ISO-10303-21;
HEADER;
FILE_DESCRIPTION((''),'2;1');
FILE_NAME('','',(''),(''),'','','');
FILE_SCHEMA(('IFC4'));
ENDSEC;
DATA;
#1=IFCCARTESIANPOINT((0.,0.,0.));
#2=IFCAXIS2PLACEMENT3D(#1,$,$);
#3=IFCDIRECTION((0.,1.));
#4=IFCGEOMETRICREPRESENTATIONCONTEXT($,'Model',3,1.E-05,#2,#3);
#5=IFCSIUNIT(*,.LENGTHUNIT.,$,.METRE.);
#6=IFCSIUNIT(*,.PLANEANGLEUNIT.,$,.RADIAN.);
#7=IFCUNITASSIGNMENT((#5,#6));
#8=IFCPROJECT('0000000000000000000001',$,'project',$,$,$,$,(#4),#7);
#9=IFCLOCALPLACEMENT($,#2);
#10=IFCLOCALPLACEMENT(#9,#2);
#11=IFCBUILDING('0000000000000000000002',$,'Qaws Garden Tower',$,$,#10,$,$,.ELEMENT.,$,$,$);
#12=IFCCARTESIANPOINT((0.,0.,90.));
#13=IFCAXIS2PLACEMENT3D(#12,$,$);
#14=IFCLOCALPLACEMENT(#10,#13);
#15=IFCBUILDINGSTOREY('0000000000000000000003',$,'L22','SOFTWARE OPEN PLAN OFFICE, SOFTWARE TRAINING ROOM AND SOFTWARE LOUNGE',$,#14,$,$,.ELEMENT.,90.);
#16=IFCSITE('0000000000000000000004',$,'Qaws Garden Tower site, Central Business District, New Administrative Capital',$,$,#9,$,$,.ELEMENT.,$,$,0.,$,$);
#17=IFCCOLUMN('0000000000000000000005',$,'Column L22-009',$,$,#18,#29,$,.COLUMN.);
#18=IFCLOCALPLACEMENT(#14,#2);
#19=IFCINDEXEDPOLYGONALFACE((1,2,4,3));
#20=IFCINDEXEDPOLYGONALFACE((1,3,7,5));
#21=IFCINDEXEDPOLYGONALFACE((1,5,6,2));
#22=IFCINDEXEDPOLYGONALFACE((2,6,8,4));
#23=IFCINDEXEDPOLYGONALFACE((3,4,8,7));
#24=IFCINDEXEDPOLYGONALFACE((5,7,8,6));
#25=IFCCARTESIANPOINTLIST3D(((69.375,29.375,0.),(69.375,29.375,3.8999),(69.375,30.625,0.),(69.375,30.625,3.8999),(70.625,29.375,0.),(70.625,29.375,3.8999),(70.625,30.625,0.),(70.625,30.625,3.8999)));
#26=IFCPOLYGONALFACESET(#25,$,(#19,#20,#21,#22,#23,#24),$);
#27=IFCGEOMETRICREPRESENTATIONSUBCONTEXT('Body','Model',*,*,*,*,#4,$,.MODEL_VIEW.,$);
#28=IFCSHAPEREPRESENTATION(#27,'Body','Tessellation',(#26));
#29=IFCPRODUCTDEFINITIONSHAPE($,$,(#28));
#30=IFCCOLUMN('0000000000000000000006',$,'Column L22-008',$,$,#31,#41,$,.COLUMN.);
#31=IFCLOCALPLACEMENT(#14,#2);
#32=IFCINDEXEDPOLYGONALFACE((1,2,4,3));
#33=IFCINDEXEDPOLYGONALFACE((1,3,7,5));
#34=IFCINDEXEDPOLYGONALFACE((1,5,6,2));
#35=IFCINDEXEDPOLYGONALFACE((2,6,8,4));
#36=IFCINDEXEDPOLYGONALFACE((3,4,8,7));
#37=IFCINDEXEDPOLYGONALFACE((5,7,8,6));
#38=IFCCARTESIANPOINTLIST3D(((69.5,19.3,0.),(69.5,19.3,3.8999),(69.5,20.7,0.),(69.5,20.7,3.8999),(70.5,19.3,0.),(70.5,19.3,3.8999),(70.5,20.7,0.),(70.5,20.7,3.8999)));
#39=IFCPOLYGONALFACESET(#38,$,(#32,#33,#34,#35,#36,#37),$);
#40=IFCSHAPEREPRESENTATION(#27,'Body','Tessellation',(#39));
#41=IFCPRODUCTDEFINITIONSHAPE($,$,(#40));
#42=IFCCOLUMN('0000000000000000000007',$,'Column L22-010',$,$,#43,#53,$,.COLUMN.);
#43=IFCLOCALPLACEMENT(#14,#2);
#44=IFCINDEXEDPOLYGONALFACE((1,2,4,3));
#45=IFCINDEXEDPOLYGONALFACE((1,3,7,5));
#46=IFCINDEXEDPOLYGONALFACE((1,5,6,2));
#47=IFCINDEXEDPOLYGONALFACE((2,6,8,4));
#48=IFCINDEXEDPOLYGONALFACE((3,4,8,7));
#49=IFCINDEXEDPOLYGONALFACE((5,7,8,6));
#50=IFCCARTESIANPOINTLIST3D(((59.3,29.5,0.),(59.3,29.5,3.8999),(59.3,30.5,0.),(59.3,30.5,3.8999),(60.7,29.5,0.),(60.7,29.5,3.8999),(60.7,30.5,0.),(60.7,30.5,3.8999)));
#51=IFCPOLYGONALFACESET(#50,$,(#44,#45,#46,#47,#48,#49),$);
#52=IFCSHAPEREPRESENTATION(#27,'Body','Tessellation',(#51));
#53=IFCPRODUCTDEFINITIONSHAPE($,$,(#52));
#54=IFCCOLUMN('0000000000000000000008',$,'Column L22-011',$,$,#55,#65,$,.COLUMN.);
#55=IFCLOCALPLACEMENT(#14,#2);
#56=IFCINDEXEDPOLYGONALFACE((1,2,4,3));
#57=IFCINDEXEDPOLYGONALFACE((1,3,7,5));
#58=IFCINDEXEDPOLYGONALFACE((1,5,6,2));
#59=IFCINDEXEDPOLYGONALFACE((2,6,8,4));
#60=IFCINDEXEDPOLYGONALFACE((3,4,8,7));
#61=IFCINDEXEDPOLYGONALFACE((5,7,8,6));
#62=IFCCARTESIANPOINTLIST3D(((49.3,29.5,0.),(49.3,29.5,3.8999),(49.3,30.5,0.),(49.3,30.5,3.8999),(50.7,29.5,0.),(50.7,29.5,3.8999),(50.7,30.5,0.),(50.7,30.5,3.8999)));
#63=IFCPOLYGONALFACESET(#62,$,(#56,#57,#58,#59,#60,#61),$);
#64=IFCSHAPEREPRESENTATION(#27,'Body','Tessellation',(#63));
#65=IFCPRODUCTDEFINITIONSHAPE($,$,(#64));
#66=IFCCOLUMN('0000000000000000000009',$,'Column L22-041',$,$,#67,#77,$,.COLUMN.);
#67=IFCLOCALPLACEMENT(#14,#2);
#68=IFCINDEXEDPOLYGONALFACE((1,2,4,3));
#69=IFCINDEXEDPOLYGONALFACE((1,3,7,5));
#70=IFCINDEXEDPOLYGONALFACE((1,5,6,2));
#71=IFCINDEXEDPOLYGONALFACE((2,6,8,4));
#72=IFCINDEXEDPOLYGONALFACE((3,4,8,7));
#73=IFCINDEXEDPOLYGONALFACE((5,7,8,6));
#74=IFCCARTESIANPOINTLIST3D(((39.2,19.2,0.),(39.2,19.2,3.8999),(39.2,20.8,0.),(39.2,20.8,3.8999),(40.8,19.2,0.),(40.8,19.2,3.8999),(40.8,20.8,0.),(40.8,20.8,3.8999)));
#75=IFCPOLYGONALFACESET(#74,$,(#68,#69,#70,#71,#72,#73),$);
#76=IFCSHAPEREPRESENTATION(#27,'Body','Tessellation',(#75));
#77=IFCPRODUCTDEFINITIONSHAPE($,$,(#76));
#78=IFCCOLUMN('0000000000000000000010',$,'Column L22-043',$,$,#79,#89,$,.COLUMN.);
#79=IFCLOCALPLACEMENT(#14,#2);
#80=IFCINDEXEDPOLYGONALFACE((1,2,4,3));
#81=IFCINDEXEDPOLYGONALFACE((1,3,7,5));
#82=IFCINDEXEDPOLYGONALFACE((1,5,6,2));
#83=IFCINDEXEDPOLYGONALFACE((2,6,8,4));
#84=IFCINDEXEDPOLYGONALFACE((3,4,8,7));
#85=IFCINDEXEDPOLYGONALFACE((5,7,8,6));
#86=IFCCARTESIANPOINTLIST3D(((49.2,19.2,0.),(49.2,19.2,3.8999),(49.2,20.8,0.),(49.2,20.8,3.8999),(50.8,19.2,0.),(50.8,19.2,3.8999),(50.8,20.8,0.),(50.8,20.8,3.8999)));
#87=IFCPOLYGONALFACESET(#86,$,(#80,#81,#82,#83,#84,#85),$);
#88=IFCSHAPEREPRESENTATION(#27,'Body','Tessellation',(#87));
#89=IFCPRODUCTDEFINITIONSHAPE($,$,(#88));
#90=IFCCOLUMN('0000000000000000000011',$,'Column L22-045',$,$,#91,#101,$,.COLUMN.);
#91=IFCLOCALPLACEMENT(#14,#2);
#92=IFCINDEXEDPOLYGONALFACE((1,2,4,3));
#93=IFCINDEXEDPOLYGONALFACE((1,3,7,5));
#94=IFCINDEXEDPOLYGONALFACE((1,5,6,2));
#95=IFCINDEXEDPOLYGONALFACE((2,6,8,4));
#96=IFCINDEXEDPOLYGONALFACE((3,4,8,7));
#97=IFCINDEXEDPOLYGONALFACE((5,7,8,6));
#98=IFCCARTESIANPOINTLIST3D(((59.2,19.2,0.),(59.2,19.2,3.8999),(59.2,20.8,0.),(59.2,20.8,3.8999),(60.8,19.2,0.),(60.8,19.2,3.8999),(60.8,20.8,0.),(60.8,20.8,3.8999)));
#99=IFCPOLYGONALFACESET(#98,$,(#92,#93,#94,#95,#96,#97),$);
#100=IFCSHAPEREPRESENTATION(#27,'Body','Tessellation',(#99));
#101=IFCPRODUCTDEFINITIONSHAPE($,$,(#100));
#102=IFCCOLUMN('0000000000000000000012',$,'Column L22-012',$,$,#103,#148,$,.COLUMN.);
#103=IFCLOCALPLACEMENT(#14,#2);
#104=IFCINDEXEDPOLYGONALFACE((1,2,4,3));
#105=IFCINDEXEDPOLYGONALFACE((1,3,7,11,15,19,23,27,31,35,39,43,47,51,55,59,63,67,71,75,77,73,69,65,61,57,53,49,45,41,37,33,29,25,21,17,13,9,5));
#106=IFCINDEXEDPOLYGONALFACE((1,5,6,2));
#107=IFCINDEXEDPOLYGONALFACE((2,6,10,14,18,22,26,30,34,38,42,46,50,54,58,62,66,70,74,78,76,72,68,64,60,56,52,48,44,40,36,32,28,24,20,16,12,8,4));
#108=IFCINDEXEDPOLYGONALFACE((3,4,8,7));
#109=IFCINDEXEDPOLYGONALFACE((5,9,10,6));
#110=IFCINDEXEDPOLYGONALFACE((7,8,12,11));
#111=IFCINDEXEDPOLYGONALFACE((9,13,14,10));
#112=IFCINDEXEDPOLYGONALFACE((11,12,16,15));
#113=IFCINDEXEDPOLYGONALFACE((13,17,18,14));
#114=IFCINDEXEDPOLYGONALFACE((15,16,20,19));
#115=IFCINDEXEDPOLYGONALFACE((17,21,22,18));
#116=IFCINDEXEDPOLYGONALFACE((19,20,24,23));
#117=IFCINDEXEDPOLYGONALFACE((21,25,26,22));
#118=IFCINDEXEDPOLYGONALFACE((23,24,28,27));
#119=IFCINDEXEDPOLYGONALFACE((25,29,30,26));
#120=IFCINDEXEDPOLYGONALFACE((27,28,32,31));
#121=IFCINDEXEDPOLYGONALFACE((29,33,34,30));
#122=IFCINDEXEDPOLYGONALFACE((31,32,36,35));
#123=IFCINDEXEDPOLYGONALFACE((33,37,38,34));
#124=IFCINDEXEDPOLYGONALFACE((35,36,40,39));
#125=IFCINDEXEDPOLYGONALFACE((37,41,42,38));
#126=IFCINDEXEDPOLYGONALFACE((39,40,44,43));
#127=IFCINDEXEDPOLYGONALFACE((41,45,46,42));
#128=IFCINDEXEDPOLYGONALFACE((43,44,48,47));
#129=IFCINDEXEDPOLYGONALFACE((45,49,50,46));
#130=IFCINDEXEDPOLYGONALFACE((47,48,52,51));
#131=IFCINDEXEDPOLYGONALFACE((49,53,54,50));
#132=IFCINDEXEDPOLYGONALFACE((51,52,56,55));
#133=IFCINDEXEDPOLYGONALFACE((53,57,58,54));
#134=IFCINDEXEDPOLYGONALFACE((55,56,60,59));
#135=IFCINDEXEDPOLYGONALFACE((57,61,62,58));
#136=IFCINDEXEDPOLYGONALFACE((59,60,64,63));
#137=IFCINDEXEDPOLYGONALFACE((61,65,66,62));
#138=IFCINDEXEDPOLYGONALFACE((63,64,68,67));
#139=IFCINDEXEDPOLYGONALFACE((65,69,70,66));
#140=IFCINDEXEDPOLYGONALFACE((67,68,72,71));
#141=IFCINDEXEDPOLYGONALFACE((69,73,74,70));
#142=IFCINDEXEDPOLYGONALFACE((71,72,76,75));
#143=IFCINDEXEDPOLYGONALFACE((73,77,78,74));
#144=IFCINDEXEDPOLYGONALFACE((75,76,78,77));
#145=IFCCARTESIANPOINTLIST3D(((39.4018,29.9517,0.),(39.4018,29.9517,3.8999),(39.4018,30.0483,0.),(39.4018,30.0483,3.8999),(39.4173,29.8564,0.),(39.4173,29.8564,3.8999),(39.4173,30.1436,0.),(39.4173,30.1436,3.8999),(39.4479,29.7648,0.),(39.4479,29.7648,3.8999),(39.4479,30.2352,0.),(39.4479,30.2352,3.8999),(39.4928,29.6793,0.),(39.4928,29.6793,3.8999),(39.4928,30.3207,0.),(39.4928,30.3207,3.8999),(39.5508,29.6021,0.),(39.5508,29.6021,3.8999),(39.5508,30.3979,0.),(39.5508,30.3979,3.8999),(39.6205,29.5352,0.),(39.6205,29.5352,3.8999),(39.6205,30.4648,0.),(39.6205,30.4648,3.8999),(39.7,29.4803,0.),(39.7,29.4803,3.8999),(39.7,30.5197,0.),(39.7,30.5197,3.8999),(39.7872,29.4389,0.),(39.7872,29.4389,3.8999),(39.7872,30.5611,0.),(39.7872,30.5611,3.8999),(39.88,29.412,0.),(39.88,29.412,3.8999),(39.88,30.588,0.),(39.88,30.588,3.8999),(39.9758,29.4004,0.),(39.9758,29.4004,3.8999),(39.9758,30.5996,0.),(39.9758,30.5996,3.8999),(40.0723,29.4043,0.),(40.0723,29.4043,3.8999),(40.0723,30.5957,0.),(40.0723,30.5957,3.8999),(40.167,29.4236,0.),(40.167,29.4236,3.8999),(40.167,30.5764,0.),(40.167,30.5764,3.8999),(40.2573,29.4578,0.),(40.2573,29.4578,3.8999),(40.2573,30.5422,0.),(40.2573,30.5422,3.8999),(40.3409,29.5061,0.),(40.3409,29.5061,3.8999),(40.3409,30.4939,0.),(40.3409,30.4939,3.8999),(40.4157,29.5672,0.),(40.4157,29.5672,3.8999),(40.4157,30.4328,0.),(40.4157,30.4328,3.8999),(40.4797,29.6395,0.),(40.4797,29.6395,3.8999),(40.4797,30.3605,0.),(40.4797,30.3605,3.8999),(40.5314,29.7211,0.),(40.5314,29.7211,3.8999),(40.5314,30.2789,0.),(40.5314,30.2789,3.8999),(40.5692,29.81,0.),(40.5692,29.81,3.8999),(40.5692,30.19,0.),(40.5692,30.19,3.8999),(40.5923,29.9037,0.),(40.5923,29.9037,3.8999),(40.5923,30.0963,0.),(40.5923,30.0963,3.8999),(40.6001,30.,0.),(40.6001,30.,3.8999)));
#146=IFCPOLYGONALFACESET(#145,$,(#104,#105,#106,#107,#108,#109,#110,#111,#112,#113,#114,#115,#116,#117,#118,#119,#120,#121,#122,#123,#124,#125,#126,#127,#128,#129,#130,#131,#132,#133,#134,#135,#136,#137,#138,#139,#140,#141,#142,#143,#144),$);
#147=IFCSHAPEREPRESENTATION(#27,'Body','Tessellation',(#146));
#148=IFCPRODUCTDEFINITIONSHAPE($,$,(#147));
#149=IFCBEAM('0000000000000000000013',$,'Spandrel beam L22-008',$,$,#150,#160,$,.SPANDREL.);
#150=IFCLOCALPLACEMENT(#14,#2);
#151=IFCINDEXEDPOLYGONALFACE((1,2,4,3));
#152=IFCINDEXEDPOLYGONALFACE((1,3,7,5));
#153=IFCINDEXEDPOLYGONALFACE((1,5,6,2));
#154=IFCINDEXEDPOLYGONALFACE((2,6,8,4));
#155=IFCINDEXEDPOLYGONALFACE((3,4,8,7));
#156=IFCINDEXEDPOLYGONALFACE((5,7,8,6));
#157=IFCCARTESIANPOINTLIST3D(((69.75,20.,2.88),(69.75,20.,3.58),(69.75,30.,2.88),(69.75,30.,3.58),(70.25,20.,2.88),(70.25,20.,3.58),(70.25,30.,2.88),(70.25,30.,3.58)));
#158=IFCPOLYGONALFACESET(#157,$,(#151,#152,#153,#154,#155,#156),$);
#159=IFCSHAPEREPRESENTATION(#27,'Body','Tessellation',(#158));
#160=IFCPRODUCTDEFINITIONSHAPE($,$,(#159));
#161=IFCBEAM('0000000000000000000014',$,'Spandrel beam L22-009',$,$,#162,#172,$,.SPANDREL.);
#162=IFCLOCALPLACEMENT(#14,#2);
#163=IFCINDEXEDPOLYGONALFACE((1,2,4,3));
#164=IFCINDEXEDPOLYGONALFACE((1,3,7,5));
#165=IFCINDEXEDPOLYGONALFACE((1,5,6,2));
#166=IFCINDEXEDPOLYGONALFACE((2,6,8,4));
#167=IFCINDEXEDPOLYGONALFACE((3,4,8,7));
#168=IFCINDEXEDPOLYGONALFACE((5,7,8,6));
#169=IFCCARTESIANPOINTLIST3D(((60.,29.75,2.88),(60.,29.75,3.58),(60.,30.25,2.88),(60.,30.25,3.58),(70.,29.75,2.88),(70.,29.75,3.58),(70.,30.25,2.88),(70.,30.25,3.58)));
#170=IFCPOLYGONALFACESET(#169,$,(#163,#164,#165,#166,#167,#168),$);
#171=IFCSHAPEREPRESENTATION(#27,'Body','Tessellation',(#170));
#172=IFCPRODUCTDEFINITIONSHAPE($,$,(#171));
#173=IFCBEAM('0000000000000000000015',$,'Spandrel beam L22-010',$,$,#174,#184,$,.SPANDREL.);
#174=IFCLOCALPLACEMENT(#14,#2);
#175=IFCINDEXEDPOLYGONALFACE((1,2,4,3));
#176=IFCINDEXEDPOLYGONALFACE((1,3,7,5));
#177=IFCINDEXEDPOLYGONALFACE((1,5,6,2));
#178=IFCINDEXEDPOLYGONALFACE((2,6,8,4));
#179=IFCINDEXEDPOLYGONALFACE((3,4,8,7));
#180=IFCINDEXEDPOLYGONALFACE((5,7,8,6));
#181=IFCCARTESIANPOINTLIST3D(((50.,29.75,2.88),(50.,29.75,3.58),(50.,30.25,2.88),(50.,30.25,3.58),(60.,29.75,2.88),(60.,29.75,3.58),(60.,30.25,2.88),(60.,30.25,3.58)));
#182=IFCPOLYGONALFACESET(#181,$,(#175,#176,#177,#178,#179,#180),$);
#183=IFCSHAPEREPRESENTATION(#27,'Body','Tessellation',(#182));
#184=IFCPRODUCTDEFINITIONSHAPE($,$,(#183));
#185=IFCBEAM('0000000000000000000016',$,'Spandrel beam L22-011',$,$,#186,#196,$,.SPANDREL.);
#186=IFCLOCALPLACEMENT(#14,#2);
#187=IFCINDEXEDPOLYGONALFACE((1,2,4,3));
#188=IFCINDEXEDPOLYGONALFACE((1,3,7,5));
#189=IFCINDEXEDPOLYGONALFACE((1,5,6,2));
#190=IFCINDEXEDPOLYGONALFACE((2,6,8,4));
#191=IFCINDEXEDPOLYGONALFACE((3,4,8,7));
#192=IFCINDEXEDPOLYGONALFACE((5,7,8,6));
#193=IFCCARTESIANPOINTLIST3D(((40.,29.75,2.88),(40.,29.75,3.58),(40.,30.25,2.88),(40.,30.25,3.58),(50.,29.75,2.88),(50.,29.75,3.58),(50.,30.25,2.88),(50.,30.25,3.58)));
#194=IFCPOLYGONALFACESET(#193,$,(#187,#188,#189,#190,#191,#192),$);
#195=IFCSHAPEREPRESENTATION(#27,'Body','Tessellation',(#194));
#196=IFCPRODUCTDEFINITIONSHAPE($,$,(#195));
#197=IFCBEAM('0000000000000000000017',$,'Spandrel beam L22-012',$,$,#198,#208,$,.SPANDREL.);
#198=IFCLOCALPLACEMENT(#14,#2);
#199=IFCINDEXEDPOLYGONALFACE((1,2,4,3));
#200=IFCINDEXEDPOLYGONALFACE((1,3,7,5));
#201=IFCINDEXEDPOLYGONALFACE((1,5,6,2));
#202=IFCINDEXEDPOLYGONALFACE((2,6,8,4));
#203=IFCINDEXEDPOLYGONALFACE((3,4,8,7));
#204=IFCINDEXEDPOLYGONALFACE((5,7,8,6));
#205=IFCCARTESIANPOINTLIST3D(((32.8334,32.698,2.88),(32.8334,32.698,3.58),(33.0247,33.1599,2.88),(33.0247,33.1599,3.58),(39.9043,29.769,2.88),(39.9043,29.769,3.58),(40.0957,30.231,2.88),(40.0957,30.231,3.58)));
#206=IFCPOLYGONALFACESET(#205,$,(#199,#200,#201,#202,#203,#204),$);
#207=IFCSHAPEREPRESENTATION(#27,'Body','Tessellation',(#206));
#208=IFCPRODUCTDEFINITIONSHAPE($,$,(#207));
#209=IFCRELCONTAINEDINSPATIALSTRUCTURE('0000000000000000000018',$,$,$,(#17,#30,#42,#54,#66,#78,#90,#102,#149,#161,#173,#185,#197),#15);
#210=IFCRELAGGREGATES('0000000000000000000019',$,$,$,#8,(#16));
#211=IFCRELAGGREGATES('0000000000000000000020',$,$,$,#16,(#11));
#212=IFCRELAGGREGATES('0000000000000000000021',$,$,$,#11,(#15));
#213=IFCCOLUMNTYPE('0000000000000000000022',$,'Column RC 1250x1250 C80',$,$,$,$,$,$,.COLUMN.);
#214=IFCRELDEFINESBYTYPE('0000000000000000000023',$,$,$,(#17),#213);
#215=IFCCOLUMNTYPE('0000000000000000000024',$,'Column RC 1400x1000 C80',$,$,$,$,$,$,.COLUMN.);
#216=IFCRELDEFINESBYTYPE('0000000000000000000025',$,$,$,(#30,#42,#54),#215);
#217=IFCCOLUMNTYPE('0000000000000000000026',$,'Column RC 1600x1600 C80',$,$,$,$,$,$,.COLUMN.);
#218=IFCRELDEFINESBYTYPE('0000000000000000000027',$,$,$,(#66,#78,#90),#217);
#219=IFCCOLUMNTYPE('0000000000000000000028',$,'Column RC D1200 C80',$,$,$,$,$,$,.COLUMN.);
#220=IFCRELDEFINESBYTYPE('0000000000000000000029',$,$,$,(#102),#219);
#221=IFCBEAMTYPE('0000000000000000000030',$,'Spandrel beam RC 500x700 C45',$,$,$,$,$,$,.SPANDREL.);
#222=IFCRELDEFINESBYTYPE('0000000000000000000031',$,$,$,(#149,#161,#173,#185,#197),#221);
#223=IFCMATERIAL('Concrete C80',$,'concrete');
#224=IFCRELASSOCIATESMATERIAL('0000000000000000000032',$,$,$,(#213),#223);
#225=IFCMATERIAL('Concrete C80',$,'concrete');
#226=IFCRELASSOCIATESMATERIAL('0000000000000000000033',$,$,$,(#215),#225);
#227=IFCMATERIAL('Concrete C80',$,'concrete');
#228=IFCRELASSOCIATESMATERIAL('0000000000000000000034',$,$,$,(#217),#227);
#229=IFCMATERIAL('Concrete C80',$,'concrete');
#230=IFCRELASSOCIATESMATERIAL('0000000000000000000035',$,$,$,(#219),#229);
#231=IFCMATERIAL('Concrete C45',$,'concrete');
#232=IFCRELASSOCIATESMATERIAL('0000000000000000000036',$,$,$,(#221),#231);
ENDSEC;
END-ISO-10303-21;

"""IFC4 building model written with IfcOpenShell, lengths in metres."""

from ifc_helpers import new_model, si_unit, direction, frame, origin, origin_2d, place, context, subcontext, project, spatial, rectangle, circle, extrude, material, material_profile, profile_set, type_object, element, save


model = new_model("IFC4")

# Units and contexts
model_context = context("Model", 3, precision=1e-05, world=origin(), true_north=direction((0.0, 1.0)))
body_context = subcontext(model_context, "Body", "Model", "MODEL_VIEW")
ifc_project = project(units=[si_unit("LENGTHUNIT", "METRE"), si_unit("PLANEANGLEUNIT", "RADIAN")], contexts=[model_context])

# Site, building, storey
site_placement = place(None, origin())
site = spatial("IfcSite", under=ifc_project, at=site_placement, Name="Qaws Garden Tower site, Central Business District, New Administrative Capital", CompositionType="ELEMENT", RefElevation=0.0)
building_placement = place(site_placement, origin())
building = spatial("IfcBuilding", under=site, at=building_placement, Name="Qaws Garden Tower", CompositionType="ELEMENT")
storey_placement = place(building_placement, frame((0.0, 0.0, 90.0)))
storey = spatial("IfcBuildingStorey", under=building, at=storey_placement, Name="L22", Description="SOFTWARE OPEN PLAN OFFICE, SOFTWARE TRAINING ROOM AND SOFTWARE LOUNGE", CompositionType="ELEMENT", Elevation=90.0)

# Columns
ifc_material_1 = material(Name="Concrete C80", Category="concrete")
ifc_material_profile_1 = material_profile(ifc_material_1, rectangle(XDim=1.25, YDim=1.25, at=origin_2d()), Name="RC 1250x1250")
ifc_profile_set_1 = profile_set([ifc_material_profile_1], Name="Concrete C80")
column_type_1 = type_object("IfcColumnType", Name="Column RC 1250x1250 C80", PredefinedType="COLUMN", material=ifc_profile_set_1)
column_1_placement = place(storey_placement, frame((70.0, 30.0, 0.0), z_axis=(0.0, 0.0, 1.0), x_axis=(1.0, 0.0, 0.0)))
element("IfcColumn", 1, at=column_1_placement, inside=storey, type_object=column_type_1, Name="Column L22-009", PredefinedType="COLUMN", context=body_context, shape_type="SweptSolid", body=[
    extrude(rectangle(XDim=1.25, YDim=1.25, at=origin_2d()), origin(), (0.0, 0.0, 1.0), 3.8999),
])
ifc_material_2 = material(Name="Concrete C80", Category="concrete")
ifc_material_profile_2 = material_profile(ifc_material_2, rectangle(XDim=1.3999, YDim=1.0, at=origin_2d()), Name="RC 1400x1000")
ifc_profile_set_2 = profile_set([ifc_material_profile_2], Name="Concrete C80")
column_type_2 = type_object("IfcColumnType", Name="Column RC 1400x1000 C80", PredefinedType="COLUMN", material=ifc_profile_set_2)
for number, where, z_axis, x_axis, name in (
    (2, (70.0, 20.0, 0.0), (0.0, 0.0, 1.0), (0.0, 1.0, 0.0), "Column L22-008"),
    (3, (60.0, 30.0, 0.0), (0.0, 0.0, 1.0), (1.0, 0.0, 0.0), "Column L22-010"),
    (4, (50.0, 30.0, 0.0), (0.0, 0.0, 1.0), (1.0, 0.0, 0.0), "Column L22-011"),
):
    element("IfcColumn", number, at=place(storey_placement, frame(where, z_axis=z_axis, x_axis=x_axis)), inside=storey, type_object=column_type_2, Name=name, PredefinedType="COLUMN", context=body_context, shape_type="SweptSolid", body=[
        extrude(rectangle(XDim=1.3999, YDim=1.0, at=origin_2d()), origin(), (0.0, 0.0, 1.0), 3.8999),
    ])
ifc_material_3 = material(Name="Concrete C80", Category="concrete")
ifc_material_profile_3 = material_profile(ifc_material_3, rectangle(XDim=1.6001, YDim=1.6001, at=origin_2d()), Name="RC 1600x1600")
ifc_profile_set_3 = profile_set([ifc_material_profile_3], Name="Concrete C80")
column_type_3 = type_object("IfcColumnType", Name="Column RC 1600x1600 C80", PredefinedType="COLUMN", material=ifc_profile_set_3)
for number, where, z_axis, x_axis, name in (
    (5, (40.0, 20.0, 0.0), (0.0, 0.0, 1.0), (1.0, 0.0, 0.0), "Column L22-041"),
    (6, (50.0, 20.0, 0.0), (0.0, 0.0, 1.0), (1.0, 0.0, 0.0), "Column L22-043"),
    (7, (60.0, 20.0, 0.0), (0.0, 0.0, 1.0), (1.0, 0.0, 0.0), "Column L22-045"),
):
    element("IfcColumn", number, at=place(storey_placement, frame(where, z_axis=z_axis, x_axis=x_axis)), inside=storey, type_object=column_type_3, Name=name, PredefinedType="COLUMN", context=body_context, shape_type="SweptSolid", body=[
        extrude(rectangle(XDim=1.6001, YDim=1.6001, at=origin_2d()), origin(), (0.0, 0.0, 1.0), 3.8999),
    ])
ifc_material_4 = material(Name="Concrete C80", Category="concrete")
ifc_material_profile_4 = material_profile(ifc_material_4, circle(Radius=0.6001, at=origin_2d()), Name="RC D1200")
ifc_profile_set_4 = profile_set([ifc_material_profile_4], Name="Concrete C80")
column_type_4 = type_object("IfcColumnType", Name="Column RC D1200 C80", PredefinedType="COLUMN", material=ifc_profile_set_4)
column_2_placement = place(storey_placement, frame((40.0, 30.0, 0.0), z_axis=(0.0, 0.0, 1.0), x_axis=(1.0, 0.0, 0.0)))
element("IfcColumn", 8, at=column_2_placement, inside=storey, type_object=column_type_4, Name="Column L22-012", PredefinedType="COLUMN", context=body_context, shape_type="SweptSolid", body=[
    extrude(circle(Radius=0.6001, at=origin_2d()), origin(), (0.0, 0.0, 1.0), 3.8999),
])

# Beams
ifc_material_5 = material(Name="Concrete C45", Category="concrete")
ifc_material_profile_5 = material_profile(ifc_material_5, rectangle(XDim=0.5, YDim=0.7, at=origin_2d()), Name="RC 500x700")
ifc_profile_set_5 = profile_set([ifc_material_profile_5], Name="Concrete C45")
beam_type = type_object("IfcBeamType", Name="Spandrel beam RC 500x700 C45", PredefinedType="SPANDREL", material=ifc_profile_set_5)
for number, where, z_axis, x_axis, name in (
    (9, (70.0, 20.0, 3.23), (0.0, 1.0, 0.0), (-1.0, 0.0, 0.0), "Spandrel beam L22-008"),
    (10, (70.0, 30.0, 3.23), (-1.0, 0.0, 0.0), (0.0, -1.0, 0.0), "Spandrel beam L22-009"),
    (11, (60.0, 30.0, 3.23), (-1.0, 0.0, 0.0), (0.0, -1.0, 0.0), "Spandrel beam L22-010"),
    (12, (50.0, 30.0, 3.23), (-1.0, 0.0, 0.0), (0.0, -1.0, 0.0), "Spandrel beam L22-011"),
):
    element("IfcBeam", number, at=place(storey_placement, frame(where, z_axis=z_axis, x_axis=x_axis)), inside=storey, type_object=beam_type, Name=name, PredefinedType="SPANDREL", context=body_context, shape_type="SweptSolid", body=[
        extrude(rectangle(XDim=0.5, YDim=0.7, at=origin_2d()), origin(), (0.0, 0.0, 1.0), 10.0),
    ])
beam_placement = place(storey_placement, frame((40.0, 30.0, 3.23), z_axis=(-0.923878, 0.382687, 0.0), x_axis=(-0.382687, -0.923878, 0.0)))
element("IfcBeam", 13, at=beam_placement, inside=storey, type_object=beam_type, Name="Spandrel beam L22-012", PredefinedType="SPANDREL", context=body_context, shape_type="SweptSolid", body=[
    extrude(rectangle(XDim=0.5, YDim=0.7, at=origin_2d()), origin(), (0.0, 0.0, 1.0), 7.6536),
])

save(model, "model.ifc")
